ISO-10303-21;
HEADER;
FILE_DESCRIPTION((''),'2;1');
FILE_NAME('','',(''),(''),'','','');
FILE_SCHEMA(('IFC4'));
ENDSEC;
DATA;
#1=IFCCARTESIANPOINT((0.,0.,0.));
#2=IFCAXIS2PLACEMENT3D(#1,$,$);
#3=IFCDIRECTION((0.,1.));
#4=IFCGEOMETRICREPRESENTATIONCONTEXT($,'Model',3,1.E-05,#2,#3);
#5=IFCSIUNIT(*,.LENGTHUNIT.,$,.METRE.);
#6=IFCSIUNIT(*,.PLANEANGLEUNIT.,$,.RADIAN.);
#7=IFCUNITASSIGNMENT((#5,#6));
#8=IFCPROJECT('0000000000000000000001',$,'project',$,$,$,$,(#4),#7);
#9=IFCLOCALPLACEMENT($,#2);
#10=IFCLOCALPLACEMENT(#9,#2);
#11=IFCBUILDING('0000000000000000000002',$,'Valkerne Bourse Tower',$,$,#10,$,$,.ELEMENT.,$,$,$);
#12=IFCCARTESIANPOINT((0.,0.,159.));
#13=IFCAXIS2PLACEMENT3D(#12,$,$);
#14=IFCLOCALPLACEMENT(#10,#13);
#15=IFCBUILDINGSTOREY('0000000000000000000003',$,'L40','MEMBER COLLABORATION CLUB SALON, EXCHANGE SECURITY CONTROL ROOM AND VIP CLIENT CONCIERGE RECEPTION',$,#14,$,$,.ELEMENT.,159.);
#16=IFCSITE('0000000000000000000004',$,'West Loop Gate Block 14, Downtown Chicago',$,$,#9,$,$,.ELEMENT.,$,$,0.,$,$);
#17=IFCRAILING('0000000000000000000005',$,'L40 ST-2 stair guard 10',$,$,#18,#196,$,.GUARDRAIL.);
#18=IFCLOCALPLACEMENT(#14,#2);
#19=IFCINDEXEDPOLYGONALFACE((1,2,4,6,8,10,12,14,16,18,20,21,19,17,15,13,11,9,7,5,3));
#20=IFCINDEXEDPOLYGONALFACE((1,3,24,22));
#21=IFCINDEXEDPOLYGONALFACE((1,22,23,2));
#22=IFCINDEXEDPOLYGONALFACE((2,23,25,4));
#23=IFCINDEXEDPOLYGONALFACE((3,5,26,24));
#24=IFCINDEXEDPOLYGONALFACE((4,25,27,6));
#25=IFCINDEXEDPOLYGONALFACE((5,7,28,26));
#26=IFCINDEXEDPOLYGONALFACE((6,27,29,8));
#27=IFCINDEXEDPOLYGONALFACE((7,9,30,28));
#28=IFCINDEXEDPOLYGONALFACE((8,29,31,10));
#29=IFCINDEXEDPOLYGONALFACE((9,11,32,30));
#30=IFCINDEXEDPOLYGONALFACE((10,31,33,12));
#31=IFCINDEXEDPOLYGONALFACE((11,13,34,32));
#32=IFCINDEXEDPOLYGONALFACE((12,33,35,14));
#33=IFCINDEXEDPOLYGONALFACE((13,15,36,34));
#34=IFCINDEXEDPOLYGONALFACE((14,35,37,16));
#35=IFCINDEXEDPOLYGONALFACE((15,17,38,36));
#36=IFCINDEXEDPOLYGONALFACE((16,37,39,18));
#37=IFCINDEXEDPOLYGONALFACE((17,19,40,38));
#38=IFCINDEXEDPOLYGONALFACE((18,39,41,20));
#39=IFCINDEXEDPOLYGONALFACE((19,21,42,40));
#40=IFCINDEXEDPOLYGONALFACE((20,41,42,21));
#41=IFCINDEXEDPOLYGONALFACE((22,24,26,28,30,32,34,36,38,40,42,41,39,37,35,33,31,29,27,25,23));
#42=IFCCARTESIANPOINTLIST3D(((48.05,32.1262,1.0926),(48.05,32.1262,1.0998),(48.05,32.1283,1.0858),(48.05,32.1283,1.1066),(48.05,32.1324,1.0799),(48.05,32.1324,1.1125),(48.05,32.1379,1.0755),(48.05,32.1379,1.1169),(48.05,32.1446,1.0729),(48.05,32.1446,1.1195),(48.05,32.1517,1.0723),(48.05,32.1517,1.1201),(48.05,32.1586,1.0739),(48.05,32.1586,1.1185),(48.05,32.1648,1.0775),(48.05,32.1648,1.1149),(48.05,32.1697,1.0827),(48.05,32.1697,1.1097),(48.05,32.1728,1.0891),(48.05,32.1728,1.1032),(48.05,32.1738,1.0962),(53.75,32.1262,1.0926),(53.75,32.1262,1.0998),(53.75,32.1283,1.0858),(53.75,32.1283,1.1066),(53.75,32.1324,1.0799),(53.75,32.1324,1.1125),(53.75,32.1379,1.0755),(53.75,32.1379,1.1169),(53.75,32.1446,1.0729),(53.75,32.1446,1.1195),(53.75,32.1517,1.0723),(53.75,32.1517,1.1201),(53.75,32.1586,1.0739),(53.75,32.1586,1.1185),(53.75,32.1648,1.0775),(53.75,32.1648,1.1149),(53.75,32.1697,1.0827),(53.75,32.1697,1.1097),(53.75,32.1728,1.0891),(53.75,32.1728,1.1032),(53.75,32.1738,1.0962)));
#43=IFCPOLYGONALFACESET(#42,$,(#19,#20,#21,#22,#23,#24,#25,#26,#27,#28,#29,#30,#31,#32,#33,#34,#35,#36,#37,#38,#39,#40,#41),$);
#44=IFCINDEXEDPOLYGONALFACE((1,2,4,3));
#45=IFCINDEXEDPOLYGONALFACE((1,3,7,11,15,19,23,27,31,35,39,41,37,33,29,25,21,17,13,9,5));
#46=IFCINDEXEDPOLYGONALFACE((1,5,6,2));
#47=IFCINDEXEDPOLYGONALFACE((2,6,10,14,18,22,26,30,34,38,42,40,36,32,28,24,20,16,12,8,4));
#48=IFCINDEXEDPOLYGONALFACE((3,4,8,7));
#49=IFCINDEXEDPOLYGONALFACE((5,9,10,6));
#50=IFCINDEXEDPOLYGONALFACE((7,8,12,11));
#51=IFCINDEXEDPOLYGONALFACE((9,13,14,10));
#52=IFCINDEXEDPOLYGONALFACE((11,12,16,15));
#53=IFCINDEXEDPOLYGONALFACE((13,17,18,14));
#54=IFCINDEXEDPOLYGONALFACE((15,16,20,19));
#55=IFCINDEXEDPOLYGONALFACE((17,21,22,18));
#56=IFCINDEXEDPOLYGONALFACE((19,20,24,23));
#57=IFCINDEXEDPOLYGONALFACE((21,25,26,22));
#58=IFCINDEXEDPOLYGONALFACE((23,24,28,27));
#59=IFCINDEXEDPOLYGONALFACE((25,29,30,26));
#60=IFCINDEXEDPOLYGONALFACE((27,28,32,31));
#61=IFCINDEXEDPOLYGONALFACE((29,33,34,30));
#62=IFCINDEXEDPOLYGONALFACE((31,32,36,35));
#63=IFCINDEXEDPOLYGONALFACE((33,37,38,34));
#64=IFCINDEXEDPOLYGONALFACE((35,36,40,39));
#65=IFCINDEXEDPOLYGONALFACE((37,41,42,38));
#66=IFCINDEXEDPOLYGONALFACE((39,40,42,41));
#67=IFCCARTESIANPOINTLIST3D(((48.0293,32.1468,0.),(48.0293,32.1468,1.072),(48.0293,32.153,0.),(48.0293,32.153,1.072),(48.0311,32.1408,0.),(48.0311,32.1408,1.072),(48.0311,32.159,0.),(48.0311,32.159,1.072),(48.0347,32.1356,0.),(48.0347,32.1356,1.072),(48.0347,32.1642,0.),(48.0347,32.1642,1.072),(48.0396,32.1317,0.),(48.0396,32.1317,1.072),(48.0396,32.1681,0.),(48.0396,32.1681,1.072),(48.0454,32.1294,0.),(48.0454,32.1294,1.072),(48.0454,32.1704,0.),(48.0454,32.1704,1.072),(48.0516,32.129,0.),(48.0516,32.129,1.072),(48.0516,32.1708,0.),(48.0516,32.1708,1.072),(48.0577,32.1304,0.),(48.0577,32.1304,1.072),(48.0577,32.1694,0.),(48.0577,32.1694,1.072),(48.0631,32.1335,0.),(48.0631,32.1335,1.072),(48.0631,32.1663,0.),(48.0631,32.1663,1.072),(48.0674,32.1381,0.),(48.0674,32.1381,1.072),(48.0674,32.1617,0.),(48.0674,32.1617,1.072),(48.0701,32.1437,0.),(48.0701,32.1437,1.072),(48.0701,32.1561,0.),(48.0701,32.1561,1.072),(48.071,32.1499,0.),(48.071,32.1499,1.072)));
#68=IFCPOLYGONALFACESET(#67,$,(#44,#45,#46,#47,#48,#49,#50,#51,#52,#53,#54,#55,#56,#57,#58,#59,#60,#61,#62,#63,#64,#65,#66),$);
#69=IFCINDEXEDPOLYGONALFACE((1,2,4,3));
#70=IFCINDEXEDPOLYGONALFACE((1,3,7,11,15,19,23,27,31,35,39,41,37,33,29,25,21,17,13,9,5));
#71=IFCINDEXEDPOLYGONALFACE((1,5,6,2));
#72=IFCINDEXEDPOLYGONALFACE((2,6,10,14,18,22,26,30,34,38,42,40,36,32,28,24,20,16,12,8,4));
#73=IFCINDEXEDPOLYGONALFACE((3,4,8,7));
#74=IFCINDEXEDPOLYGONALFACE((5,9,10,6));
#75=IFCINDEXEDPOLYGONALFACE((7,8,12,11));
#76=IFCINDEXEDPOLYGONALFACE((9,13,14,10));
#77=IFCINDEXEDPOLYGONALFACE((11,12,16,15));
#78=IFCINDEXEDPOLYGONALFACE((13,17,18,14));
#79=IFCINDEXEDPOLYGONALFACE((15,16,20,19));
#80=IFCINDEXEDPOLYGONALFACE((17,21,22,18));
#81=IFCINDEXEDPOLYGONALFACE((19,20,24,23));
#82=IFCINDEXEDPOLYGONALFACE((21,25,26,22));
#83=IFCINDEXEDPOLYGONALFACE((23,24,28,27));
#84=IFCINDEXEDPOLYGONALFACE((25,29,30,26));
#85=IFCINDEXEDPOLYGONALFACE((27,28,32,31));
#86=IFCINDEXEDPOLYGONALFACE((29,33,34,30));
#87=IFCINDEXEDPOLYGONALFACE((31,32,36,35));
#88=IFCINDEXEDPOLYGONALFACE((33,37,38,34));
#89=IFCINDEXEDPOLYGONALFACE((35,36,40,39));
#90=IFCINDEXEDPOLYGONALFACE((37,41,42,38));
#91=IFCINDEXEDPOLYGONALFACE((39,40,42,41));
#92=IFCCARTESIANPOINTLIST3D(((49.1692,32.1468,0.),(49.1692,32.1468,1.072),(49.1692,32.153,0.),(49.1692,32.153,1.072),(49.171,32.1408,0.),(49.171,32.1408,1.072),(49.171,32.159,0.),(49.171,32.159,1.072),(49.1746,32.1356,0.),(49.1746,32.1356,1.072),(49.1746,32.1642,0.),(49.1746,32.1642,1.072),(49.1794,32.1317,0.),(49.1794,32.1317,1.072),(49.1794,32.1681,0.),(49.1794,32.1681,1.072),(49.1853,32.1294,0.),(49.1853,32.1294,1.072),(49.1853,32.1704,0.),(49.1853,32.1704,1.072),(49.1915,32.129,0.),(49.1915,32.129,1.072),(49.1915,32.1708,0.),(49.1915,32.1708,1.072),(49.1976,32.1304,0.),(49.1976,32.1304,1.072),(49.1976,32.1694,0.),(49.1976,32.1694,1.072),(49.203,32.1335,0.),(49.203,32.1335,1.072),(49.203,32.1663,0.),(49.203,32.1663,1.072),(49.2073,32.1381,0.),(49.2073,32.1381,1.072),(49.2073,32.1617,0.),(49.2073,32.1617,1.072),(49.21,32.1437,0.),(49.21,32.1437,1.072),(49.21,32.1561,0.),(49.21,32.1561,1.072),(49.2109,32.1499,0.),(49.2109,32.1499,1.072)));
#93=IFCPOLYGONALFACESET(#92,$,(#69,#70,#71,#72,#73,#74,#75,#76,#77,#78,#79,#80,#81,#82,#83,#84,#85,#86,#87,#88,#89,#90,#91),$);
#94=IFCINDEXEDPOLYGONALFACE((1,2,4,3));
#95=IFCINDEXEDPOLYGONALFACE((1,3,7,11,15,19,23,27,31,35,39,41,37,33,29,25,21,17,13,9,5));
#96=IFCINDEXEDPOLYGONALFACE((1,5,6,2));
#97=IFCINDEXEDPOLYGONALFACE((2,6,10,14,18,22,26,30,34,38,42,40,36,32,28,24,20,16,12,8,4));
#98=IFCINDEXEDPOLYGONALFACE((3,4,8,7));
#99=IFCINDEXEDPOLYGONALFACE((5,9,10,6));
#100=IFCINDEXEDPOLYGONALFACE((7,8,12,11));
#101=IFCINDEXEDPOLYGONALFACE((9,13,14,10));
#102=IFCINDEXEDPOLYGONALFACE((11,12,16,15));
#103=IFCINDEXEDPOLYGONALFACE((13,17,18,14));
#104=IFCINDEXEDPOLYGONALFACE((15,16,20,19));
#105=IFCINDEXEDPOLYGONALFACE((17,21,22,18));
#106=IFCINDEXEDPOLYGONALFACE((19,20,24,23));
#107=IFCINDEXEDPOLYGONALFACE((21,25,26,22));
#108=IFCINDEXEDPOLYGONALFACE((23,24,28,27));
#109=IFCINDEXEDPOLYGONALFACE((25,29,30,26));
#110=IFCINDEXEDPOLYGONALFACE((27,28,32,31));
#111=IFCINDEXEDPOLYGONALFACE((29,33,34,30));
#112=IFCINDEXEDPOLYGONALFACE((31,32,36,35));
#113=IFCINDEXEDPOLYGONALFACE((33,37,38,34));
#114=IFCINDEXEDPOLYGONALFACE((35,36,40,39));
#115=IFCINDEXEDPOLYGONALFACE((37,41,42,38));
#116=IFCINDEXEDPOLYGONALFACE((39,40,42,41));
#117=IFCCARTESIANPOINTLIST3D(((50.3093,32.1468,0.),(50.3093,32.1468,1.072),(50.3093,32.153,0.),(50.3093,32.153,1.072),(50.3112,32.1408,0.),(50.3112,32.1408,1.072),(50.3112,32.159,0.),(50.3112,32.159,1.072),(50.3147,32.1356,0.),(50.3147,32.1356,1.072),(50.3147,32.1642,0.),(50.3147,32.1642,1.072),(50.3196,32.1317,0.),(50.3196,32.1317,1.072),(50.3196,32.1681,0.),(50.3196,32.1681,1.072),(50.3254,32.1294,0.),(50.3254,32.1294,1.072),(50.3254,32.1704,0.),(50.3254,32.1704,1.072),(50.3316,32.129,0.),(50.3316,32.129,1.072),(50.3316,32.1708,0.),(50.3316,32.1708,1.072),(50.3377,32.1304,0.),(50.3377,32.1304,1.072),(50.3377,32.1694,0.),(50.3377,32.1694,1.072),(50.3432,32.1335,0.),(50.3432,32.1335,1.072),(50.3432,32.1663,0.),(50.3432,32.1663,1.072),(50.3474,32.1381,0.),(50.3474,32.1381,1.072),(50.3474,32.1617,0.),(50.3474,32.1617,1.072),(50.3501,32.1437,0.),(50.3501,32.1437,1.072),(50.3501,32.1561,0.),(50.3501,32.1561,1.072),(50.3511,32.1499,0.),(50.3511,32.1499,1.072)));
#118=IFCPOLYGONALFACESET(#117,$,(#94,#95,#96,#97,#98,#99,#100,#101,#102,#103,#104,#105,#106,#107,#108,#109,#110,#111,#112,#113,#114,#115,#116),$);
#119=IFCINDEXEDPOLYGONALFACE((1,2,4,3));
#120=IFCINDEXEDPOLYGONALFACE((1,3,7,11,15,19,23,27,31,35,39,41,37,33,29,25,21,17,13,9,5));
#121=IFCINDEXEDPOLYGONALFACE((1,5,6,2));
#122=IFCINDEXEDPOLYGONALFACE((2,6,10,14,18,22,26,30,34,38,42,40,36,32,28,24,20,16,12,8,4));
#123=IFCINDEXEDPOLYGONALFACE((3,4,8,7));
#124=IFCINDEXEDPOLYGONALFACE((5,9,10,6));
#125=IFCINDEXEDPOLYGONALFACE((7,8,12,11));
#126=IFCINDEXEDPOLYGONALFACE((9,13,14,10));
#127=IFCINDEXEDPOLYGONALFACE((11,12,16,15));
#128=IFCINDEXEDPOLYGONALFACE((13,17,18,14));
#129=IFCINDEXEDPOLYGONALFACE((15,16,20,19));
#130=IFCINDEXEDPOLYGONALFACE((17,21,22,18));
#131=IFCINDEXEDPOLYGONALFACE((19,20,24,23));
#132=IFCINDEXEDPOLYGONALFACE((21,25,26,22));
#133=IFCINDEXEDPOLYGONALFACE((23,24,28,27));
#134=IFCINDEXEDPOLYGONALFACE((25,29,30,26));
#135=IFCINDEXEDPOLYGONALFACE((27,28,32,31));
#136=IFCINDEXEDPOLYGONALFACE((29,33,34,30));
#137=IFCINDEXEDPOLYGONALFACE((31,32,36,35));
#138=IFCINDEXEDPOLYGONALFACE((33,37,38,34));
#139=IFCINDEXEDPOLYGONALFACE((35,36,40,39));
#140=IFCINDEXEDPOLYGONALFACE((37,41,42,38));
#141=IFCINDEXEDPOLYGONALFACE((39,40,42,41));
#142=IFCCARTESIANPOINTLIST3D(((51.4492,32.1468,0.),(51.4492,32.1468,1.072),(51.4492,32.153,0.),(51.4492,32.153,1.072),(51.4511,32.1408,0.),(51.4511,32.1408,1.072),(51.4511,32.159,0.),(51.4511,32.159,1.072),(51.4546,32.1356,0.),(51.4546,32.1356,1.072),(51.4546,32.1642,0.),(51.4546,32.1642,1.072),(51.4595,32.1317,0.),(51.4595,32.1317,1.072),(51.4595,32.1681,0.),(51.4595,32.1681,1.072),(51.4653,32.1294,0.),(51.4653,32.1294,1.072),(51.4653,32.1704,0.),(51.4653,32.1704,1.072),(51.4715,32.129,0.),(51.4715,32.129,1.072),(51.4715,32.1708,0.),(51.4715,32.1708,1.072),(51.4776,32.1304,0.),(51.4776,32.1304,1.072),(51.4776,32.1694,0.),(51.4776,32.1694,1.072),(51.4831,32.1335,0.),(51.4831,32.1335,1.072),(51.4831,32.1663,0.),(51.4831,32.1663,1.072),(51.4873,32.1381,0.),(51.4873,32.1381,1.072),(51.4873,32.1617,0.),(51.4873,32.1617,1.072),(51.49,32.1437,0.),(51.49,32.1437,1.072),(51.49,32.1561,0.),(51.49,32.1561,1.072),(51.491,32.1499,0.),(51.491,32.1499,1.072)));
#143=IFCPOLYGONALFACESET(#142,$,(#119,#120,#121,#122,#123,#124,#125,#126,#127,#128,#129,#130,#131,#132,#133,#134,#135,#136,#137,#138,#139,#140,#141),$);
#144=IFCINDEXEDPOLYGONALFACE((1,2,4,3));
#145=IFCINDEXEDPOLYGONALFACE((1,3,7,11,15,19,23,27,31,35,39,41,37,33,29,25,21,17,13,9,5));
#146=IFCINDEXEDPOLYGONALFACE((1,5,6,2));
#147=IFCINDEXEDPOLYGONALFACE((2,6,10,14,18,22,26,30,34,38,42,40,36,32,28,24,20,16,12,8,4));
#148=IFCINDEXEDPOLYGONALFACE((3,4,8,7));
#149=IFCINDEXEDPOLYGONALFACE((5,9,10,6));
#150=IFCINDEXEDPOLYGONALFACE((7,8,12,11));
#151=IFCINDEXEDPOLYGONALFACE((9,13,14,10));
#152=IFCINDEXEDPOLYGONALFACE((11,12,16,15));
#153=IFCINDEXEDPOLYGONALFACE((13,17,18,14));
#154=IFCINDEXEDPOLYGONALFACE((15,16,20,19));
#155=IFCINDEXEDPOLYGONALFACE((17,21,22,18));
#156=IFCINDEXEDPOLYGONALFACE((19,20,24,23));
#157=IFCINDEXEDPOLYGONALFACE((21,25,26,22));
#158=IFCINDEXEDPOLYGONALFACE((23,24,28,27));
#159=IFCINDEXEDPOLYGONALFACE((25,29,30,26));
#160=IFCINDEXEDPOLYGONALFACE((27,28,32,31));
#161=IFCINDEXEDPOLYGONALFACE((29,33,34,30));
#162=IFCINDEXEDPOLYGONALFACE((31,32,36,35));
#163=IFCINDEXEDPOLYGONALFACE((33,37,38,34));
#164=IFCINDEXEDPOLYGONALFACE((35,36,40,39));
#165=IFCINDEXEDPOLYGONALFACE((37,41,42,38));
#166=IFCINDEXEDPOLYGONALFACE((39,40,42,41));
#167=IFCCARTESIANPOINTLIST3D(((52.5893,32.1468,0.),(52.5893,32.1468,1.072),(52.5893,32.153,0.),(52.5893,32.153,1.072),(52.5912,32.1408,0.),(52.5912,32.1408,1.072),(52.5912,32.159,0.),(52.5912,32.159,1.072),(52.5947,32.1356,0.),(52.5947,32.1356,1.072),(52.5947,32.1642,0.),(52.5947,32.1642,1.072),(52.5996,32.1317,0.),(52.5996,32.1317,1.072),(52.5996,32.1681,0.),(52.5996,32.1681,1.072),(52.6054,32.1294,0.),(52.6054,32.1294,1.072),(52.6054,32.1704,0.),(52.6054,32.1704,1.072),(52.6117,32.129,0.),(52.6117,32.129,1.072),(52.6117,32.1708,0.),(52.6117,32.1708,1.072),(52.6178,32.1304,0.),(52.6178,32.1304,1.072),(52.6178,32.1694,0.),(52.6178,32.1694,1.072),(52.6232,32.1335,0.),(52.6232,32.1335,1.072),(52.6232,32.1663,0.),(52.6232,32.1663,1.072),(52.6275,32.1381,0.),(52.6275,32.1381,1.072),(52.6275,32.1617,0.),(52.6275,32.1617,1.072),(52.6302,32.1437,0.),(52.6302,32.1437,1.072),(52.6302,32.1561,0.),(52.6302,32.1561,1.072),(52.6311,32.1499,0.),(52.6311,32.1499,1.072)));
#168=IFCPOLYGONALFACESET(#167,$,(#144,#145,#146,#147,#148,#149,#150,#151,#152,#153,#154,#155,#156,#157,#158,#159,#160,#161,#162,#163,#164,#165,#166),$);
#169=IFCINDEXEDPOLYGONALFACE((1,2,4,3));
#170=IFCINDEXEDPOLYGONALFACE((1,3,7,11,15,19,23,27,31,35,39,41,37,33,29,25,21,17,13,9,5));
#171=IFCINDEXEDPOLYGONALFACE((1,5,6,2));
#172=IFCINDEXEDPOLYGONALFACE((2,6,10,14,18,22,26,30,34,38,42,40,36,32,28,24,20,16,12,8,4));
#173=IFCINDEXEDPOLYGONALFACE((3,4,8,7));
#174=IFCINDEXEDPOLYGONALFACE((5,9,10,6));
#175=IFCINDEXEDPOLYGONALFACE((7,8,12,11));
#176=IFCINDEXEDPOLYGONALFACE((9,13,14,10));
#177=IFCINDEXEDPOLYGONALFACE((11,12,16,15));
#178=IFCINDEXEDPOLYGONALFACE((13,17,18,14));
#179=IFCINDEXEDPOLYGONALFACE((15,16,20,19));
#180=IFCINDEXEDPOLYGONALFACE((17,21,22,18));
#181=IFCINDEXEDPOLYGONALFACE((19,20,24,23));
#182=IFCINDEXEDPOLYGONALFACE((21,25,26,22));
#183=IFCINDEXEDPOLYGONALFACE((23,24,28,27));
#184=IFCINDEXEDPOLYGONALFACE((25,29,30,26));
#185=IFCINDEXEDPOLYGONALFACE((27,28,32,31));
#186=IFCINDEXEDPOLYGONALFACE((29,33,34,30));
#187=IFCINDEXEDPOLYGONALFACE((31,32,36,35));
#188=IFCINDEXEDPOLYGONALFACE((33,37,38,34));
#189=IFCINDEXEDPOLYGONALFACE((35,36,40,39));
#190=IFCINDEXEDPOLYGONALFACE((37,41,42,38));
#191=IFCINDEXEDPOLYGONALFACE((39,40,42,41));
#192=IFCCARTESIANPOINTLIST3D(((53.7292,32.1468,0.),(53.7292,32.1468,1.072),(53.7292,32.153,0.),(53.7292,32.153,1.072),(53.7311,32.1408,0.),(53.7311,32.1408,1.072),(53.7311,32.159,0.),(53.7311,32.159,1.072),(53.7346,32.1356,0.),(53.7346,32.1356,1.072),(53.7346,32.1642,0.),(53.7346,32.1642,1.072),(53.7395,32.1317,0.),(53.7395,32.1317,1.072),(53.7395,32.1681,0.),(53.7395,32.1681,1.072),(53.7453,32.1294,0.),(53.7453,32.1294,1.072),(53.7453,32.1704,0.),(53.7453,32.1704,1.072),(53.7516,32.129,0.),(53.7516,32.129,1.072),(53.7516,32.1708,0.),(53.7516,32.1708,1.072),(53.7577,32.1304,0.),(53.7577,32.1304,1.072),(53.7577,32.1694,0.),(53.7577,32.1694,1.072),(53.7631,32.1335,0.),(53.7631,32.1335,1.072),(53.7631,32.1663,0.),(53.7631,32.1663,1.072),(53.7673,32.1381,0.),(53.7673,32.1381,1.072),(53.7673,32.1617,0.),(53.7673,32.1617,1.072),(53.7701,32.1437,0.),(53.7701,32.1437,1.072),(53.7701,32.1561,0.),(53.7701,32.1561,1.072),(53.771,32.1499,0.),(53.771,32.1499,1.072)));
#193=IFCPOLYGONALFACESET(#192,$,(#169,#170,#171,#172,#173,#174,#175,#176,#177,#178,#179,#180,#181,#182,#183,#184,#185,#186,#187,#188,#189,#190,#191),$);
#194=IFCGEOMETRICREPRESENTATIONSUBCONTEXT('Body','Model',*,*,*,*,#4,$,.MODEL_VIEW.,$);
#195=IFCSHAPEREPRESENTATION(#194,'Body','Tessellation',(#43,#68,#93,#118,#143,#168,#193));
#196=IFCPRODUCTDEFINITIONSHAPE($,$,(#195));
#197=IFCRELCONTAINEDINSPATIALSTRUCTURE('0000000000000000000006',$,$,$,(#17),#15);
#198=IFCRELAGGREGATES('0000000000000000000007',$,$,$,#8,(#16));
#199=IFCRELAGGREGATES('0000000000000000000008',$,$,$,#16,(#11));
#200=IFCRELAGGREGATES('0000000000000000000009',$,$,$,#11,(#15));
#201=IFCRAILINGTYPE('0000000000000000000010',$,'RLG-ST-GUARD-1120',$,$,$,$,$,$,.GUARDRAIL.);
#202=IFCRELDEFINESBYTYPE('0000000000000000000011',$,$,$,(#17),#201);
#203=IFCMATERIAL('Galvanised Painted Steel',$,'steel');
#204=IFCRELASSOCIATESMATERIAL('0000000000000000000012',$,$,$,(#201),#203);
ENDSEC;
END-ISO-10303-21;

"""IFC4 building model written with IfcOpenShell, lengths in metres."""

from ifc_helpers import new_model, si_unit, direction, frame, origin, origin_2d, place, context, subcontext, project, spatial, circle, extrude, material, type_object, element, save


model = new_model("IFC4")

# Units and contexts
model_context = context("Model", 3, precision=1e-05, world=origin(), true_north=direction((0.0, 1.0)))
body_context = subcontext(model_context, "Body", "Model", "MODEL_VIEW")
ifc_project = project(units=[si_unit("LENGTHUNIT", "METRE"), si_unit("PLANEANGLEUNIT", "RADIAN")], contexts=[model_context])

# Site, building, storey
site_placement = place(None, origin())
site = spatial("IfcSite", under=ifc_project, at=site_placement, Name="West Loop Gate Block 14, Downtown Chicago", CompositionType="ELEMENT", RefElevation=0.0)
building_placement = place(site_placement, origin())
building = spatial("IfcBuilding", under=site, at=building_placement, Name="Valkerne Bourse Tower", CompositionType="ELEMENT")
storey_placement = place(building_placement, frame((0.0, 0.0, 159.0)))
storey = spatial("IfcBuildingStorey", under=building, at=storey_placement, Name="L40", Description="MEMBER COLLABORATION CLUB SALON, EXCHANGE SECURITY CONTROL ROOM AND VIP CLIENT CONCIERGE RECEPTION", CompositionType="ELEMENT", Elevation=159.0)

# Shared definitions
ifc_material_1 = material(Name="Galvanised Painted Steel", Category="steel")

# Railing
railing_type_1 = type_object("IfcRailingType", Name="RLG-ST-GUARD-1120", PredefinedType="GUARDRAIL", material=ifc_material_1)
for number, where, name in (
    (1, (48.05, 32.1499, 0.0), "L40 ST-2 stair guard 10"),
):
    element("IfcRailing", number, at=place(storey_placement, frame(where)), inside=storey, type_object=railing_type_1, Name=name, PredefinedType="GUARDRAIL", context=body_context, shape_type="SweptSolid", body=[
        extrude(circle(Radius=0.0239, at=origin_2d()), frame((0.0, 0.0, 1.0962), z_axis=(1.0, 0.0, 0.0), x_axis=(0.0, 1.0, 0.0)), (0.0, 0.0, 1.0), 5.7),
        extrude(circle(Radius=0.021, at=origin_2d()), origin(), (0.0, 0.0, 1.0), 1.072),
        extrude(circle(Radius=0.021, at=origin_2d()), frame((1.1399, 0.0, 0.0)), (0.0, 0.0, 1.0), 1.072),
        extrude(circle(Radius=0.021, at=origin_2d()), frame((2.28, 0.0, 0.0)), (0.0, 0.0, 1.0), 1.072),
        extrude(circle(Radius=0.021, at=origin_2d()), frame((3.4199, 0.0, 0.0)), (0.0, 0.0, 1.0), 1.072),
        extrude(circle(Radius=0.021, at=origin_2d()), frame((4.5601, 0.0, 0.0)), (0.0, 0.0, 1.0), 1.072),
        extrude(circle(Radius=0.021, at=origin_2d()), frame((5.7, 0.0, 0.0)), (0.0, 0.0, 1.0), 1.072),
    ])

save(model, "model.ifc")
